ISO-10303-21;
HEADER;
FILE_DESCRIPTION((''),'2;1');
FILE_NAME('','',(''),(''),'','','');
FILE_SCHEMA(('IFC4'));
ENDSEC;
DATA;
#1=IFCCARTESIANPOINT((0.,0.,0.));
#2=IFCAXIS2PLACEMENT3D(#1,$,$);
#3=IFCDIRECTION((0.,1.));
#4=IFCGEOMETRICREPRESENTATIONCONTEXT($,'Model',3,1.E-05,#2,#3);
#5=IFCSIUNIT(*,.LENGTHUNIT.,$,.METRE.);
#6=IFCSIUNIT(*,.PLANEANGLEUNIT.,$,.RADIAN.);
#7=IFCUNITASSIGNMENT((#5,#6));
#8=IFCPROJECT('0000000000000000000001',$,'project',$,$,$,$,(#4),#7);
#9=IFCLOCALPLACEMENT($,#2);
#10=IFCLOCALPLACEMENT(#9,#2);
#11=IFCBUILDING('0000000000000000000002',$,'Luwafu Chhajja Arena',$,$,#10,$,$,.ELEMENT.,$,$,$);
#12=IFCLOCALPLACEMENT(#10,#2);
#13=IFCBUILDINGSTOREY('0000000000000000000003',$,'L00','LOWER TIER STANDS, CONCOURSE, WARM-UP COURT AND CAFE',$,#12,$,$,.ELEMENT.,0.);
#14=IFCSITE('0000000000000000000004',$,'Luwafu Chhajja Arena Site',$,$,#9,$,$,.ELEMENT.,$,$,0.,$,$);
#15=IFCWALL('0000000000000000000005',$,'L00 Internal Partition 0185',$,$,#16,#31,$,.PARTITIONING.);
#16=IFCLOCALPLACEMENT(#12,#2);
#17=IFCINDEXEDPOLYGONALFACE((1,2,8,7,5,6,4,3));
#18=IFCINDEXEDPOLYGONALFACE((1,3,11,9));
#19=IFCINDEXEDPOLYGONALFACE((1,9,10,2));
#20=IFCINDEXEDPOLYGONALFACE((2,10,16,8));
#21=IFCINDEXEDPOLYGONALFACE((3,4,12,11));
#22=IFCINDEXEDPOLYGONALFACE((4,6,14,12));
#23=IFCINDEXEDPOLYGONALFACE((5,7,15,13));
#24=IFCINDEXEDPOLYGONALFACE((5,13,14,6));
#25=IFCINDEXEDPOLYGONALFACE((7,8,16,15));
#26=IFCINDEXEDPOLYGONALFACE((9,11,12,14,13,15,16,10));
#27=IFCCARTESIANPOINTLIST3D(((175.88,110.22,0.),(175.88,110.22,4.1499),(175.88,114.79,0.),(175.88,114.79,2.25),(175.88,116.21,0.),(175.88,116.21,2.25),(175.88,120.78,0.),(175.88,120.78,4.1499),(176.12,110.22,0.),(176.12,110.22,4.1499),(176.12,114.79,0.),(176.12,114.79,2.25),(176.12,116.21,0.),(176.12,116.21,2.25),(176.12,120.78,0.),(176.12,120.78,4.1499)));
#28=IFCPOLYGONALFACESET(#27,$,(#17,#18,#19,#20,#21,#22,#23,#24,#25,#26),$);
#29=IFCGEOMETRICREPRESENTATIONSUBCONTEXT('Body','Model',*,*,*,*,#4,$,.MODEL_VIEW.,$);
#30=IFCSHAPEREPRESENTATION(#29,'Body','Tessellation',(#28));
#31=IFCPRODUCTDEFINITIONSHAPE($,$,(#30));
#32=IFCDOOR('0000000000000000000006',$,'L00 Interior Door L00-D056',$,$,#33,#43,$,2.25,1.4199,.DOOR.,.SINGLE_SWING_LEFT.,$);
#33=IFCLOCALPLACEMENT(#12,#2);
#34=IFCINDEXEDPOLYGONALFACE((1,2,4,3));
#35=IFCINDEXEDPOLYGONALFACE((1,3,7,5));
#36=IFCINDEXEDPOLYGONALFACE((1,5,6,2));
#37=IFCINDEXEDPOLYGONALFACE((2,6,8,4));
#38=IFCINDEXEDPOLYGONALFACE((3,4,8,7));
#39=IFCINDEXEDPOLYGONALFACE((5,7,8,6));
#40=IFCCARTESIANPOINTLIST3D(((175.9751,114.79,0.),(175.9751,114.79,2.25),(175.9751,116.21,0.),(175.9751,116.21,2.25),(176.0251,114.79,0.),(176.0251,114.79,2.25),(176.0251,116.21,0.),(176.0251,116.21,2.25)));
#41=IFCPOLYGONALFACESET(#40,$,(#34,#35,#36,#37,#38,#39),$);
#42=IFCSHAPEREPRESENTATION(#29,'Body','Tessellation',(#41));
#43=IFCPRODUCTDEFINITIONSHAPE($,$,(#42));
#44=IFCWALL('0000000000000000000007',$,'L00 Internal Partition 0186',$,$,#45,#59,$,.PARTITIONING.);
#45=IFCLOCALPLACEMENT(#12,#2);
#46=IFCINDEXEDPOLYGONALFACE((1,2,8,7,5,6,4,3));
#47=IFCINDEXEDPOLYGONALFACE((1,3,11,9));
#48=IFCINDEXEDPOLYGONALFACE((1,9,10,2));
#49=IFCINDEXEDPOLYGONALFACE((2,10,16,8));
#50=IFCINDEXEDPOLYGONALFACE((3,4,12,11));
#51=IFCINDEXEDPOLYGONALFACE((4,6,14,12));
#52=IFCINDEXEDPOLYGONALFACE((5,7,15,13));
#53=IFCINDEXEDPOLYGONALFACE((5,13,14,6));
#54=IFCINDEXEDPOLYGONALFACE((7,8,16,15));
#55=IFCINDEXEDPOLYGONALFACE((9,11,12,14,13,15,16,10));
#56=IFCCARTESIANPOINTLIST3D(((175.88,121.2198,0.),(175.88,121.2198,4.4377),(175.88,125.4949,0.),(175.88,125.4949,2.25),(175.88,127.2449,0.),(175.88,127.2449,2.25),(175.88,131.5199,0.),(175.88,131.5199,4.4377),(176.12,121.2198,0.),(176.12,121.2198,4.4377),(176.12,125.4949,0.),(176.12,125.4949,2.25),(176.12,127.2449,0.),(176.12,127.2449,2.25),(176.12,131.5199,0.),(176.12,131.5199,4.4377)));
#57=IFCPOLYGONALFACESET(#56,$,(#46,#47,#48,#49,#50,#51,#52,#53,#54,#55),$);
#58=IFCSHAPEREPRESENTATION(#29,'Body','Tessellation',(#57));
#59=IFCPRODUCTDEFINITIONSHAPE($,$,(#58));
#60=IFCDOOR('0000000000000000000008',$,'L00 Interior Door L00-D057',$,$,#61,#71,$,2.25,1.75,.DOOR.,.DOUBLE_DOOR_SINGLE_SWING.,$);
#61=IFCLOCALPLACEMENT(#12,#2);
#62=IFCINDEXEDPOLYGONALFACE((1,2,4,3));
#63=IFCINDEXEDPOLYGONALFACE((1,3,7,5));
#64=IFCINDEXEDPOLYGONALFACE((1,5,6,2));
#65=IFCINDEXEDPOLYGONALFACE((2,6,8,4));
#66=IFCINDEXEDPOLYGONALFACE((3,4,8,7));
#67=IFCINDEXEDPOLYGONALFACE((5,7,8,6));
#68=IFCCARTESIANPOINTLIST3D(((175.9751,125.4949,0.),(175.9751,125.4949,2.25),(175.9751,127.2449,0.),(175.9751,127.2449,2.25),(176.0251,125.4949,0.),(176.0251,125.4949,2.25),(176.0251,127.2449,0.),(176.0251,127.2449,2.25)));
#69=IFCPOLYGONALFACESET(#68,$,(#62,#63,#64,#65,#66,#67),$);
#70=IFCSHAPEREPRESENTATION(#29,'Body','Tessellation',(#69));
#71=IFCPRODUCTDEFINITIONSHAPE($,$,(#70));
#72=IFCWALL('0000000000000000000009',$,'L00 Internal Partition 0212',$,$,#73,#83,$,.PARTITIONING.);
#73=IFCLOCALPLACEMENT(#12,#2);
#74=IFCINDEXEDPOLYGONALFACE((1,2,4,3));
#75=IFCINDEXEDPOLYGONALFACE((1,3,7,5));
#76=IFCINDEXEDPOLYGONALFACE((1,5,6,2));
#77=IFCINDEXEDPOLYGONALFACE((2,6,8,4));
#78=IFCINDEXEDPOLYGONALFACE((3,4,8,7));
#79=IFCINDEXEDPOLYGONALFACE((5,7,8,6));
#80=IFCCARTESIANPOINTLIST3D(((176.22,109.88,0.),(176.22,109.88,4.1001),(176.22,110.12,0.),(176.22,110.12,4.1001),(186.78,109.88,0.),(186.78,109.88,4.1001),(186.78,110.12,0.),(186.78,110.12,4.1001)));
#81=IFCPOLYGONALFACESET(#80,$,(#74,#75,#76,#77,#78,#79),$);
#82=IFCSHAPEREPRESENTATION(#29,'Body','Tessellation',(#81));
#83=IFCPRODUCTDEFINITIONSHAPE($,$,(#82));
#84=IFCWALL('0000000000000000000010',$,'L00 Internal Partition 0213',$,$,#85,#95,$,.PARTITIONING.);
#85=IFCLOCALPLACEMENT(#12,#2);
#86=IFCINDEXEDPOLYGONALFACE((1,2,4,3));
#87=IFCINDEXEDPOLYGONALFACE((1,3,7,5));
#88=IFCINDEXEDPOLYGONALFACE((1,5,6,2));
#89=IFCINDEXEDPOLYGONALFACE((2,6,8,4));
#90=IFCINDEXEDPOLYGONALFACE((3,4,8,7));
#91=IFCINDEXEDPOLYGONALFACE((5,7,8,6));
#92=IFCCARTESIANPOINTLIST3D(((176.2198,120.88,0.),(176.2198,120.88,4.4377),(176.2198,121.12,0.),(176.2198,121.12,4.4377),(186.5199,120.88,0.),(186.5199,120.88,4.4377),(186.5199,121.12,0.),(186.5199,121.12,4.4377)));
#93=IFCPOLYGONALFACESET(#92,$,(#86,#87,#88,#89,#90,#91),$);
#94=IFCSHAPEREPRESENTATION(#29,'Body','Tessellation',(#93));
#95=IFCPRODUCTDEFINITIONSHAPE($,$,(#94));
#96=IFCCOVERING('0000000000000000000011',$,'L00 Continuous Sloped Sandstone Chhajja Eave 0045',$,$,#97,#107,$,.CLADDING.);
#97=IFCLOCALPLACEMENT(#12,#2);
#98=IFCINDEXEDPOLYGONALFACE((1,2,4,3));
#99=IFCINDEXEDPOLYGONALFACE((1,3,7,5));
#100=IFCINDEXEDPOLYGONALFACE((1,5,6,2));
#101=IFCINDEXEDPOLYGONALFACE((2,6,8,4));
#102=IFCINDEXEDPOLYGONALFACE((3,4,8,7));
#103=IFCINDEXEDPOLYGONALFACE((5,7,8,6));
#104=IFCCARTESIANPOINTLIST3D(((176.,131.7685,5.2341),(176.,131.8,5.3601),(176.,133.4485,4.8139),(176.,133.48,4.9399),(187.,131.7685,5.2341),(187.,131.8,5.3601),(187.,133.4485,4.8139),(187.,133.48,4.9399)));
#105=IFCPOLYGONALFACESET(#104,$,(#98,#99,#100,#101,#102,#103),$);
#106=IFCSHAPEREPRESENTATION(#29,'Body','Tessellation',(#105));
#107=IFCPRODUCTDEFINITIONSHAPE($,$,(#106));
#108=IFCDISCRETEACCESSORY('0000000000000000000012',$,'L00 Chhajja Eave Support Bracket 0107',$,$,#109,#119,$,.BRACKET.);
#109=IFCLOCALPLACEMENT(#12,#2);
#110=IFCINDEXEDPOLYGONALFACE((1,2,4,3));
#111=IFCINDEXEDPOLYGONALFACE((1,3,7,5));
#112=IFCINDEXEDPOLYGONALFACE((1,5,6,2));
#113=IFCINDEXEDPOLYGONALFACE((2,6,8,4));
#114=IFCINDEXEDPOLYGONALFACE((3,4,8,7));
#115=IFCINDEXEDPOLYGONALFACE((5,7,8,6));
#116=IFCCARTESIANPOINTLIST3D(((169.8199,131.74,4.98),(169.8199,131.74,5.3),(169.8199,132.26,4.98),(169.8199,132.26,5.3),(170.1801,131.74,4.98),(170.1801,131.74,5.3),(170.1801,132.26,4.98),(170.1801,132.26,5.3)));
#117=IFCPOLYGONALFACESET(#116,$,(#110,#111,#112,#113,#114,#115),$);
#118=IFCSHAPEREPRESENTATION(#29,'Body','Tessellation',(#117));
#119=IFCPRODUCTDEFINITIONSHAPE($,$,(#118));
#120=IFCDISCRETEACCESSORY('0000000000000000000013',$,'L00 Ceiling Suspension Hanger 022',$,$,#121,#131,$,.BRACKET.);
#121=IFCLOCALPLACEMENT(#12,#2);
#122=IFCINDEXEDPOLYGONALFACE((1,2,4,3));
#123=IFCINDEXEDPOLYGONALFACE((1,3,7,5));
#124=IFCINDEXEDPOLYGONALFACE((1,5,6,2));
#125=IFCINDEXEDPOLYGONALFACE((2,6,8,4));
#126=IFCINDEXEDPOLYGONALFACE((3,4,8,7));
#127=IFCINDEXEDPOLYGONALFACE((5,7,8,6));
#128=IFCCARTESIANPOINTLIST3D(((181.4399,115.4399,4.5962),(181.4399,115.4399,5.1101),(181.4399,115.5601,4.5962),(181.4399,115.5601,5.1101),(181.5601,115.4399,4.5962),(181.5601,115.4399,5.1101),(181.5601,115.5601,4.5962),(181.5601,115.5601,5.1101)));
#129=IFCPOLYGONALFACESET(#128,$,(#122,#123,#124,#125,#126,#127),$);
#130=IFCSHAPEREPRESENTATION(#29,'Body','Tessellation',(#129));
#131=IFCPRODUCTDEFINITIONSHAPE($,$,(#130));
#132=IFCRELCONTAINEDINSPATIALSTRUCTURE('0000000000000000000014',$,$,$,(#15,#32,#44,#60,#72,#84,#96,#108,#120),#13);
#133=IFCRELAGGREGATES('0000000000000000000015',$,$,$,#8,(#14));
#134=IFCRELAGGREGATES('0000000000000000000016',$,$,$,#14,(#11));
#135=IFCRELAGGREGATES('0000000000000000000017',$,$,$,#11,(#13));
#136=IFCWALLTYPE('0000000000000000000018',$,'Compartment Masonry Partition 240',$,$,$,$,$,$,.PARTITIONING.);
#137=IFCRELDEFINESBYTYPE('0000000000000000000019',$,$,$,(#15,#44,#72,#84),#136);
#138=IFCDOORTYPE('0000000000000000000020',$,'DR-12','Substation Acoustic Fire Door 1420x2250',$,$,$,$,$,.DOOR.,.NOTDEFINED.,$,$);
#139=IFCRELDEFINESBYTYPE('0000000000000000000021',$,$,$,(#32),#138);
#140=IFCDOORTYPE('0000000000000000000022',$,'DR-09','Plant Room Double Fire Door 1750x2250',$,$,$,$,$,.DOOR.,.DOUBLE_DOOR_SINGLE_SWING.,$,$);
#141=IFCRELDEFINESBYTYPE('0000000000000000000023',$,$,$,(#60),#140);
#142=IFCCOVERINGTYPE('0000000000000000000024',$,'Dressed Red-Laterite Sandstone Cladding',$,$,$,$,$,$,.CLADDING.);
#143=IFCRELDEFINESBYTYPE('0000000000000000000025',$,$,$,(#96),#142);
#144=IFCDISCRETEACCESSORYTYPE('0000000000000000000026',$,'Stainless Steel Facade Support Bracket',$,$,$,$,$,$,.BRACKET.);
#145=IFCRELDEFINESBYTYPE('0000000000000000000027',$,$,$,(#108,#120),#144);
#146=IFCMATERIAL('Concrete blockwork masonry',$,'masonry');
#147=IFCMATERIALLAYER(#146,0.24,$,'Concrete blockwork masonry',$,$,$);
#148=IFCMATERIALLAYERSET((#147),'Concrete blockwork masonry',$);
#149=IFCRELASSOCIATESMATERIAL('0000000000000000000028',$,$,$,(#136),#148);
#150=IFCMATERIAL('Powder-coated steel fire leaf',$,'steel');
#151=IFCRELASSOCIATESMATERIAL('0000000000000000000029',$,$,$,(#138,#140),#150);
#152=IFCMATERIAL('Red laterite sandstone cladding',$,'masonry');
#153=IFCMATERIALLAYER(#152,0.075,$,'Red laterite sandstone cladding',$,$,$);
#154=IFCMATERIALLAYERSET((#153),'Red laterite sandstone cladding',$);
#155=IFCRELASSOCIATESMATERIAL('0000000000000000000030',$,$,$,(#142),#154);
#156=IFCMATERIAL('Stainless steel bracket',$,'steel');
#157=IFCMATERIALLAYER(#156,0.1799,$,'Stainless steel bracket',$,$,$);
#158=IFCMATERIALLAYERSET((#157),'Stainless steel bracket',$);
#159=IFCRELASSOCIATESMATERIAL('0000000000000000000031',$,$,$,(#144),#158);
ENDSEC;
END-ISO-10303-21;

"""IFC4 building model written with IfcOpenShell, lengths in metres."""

from ifc_helpers import new_model, si_unit, direction, frame, frame_2d, origin, origin_2d, place, context, subcontext, project, spatial, polyline, rectangle, outline, extrude, material, layer, layer_set, type_object, element, fill, save


model = new_model("IFC4")

# Units and contexts
model_context = context("Model", 3, precision=1e-05, world=origin(), true_north=direction((0.0, 1.0)))
body_context = subcontext(model_context, "Body", "Model", "MODEL_VIEW")
ifc_project = project(units=[si_unit("LENGTHUNIT", "METRE"), si_unit("PLANEANGLEUNIT", "RADIAN")], contexts=[model_context])

# Site, building, storey
site_placement = place(None, origin())
site = spatial("IfcSite", under=ifc_project, at=site_placement, Name="Luwafu Chhajja Arena Site", CompositionType="ELEMENT", RefElevation=0.0)
building_placement = place(site_placement, origin())
building = spatial("IfcBuilding", under=site, at=building_placement, Name="Luwafu Chhajja Arena", CompositionType="ELEMENT")
storey_placement = place(building_placement, origin())
storey = spatial("IfcBuildingStorey", under=building, at=storey_placement, Name="L00", Description="LOWER TIER STANDS, CONCOURSE, WARM-UP COURT AND CAFE", CompositionType="ELEMENT", Elevation=0.0)

# Walls, openings, doors
ifc_material_1 = material(Name="Concrete blockwork masonry", Category="masonry")
ifc_layer_1 = layer(ifc_material_1, 0.24, Name="Concrete blockwork masonry")
ifc_layer_set_1 = layer_set([ifc_layer_1], Name="Concrete blockwork masonry")
wall_type = type_object("IfcWallType", Name="Compartment Masonry Partition 240", PredefinedType="PARTITIONING", material=ifc_layer_set_1)
wall_1_placement = place(storey_placement, frame((176.0, 110.22, 0.0), z_axis=(0.0, 0.0, 1.0), x_axis=(0.0, 1.0, 0.0)))
wall_1 = element("IfcWall", 1, at=wall_1_placement, inside=storey, type_object=wall_type, Name="L00 Internal Partition 0185", PredefinedType="PARTITIONING", context=body_context, shape_type="SweptSolid", body=[
    extrude(rectangle(XDim=10.5601, YDim=0.24, at=frame_2d((5.28, 0.0))), origin(), (0.0, 0.0, 1.0), 4.1499),
])
opening_1_placement = place(wall_1_placement, frame((4.5701, 0.0, 0.0)))
opening_1 = element("IfcOpeningElement", 2, at=opening_1_placement, cuts=wall_1, PredefinedType="OPENING", context=body_context, shape_type="SweptSolid", body=[
    extrude(rectangle(XDim=1.4199, YDim=2.25, at=frame_2d((0.71, 1.125))), frame((0.0, 0.1299, 0.0), z_axis=(0.0, -1.0, 0.0), x_axis=(1.0, 0.0, 0.0)), (0.0, 0.0, 1.0), 0.26),
])
ifc_material_2 = material(Name="Powder-coated steel fire leaf", Category="steel")
door_type_1 = type_object("IfcDoorType", Name="DR-12", Description="Substation Acoustic Fire Door 1420x2250", OperationType="NOTDEFINED", PredefinedType="DOOR", material=ifc_material_2)
door_1_placement = place(opening_1_placement, origin())
door_1 = element("IfcDoor", 3, at=door_1_placement, inside=storey, type_object=door_type_1, Name="L00 Interior Door L00-D056", OperationType="SINGLE_SWING_LEFT", OverallHeight=2.25, OverallWidth=1.4199, PredefinedType="DOOR", context=body_context, shape_type="SweptSolid", body=[
    extrude(rectangle(XDim=1.4199, YDim=2.25, at=frame_2d((0.71, 1.125))), frame((0.0, 0.0249, 0.0), z_axis=(0.0, -1.0, 0.0), x_axis=(1.0, 0.0, 0.0)), (0.0, 0.0, 1.0), 0.05),
])
fill(opening_1, door_1)
wall_2_placement = place(storey_placement, frame((176.0, 121.22, 0.0), z_axis=(0.0, 0.0, 1.0), x_axis=(0.0, 1.0, 0.0)))
wall_2 = element("IfcWall", 4, at=wall_2_placement, inside=storey, type_object=wall_type, Name="L00 Internal Partition 0186", PredefinedType="PARTITIONING", context=body_context, shape_type="SweptSolid", body=[
    extrude(rectangle(XDim=10.3, YDim=0.24, at=frame_2d((5.1499, 0.0))), origin(), (0.0, 0.0, 1.0), 4.4377),
])
opening_2_placement = place(wall_2_placement, frame((4.2749, 0.0, 0.0)))
opening_2 = element("IfcOpeningElement", 5, at=opening_2_placement, cuts=wall_2, PredefinedType="OPENING", context=body_context, shape_type="SweptSolid", body=[
    extrude(rectangle(XDim=1.75, YDim=2.25, at=frame_2d((0.875, 1.125))), frame((0.0, 0.1299, 0.0), z_axis=(0.0, -1.0, 0.0), x_axis=(1.0, 0.0, 0.0)), (0.0, 0.0, 1.0), 0.26),
])
door_type_2 = type_object("IfcDoorType", Name="DR-09", Description="Plant Room Double Fire Door 1750x2250", OperationType="DOUBLE_DOOR_SINGLE_SWING", PredefinedType="DOOR", material=ifc_material_2)
door_2_placement = place(opening_2_placement, origin())
door_2 = element("IfcDoor", 6, at=door_2_placement, inside=storey, type_object=door_type_2, Name="L00 Interior Door L00-D057", OperationType="DOUBLE_DOOR_SINGLE_SWING", OverallHeight=2.25, OverallWidth=1.75, PredefinedType="DOOR", context=body_context, shape_type="SweptSolid", body=[
    extrude(rectangle(XDim=1.75, YDim=2.25, at=frame_2d((0.875, 1.125))), frame((0.0, 0.0249, 0.0), z_axis=(0.0, -1.0, 0.0), x_axis=(1.0, 0.0, 0.0)), (0.0, 0.0, 1.0), 0.05),
])
fill(opening_2, door_2)

# Walls
wall_3_placement = place(storey_placement, frame((176.22, 110.0, 0.0), z_axis=(0.0, 0.0, 1.0), x_axis=(1.0, 0.0, 0.0)))
element("IfcWall", 7, at=wall_3_placement, inside=storey, type_object=wall_type, Name="L00 Internal Partition 0212", PredefinedType="PARTITIONING", context=body_context, shape_type="SweptSolid", body=[
    extrude(rectangle(XDim=10.5601, YDim=0.24, at=frame_2d((5.28, 0.0))), origin(), (0.0, 0.0, 1.0), 4.1001),
])
wall_4_placement = place(storey_placement, frame((176.22, 121.0, 0.0), z_axis=(0.0, 0.0, 1.0), x_axis=(1.0, 0.0, 0.0)))
element("IfcWall", 8, at=wall_4_placement, inside=storey, type_object=wall_type, Name="L00 Internal Partition 0213", PredefinedType="PARTITIONING", context=body_context, shape_type="SweptSolid", body=[
    extrude(rectangle(XDim=10.3, YDim=0.24, at=frame_2d((5.1499, 0.0))), origin(), (0.0, 0.0, 1.0), 4.4377),
])

# Covering
ifc_material_3 = material(Name="Red laterite sandstone cladding", Category="masonry")
ifc_layer_2 = layer(ifc_material_3, 0.075, Name="Red laterite sandstone cladding")
ifc_layer_set_2 = layer_set([ifc_layer_2], Name="Red laterite sandstone cladding")
covering_type = type_object("IfcCoveringType", Name="Dressed Red-Laterite Sandstone Cladding", PredefinedType="CLADDING", material=ifc_layer_set_2)
covering_placement = place(storey_placement, frame((176.0, 131.8, 5.3601), z_axis=(0.0, 0.242635, 0.970118), x_axis=(1.0, 0.0, 0.0)))
element("IfcCovering", 9, at=covering_placement, inside=storey, type_object=covering_type, Name="L00 Continuous Sloped Sandstone Chhajja Eave 0045", PredefinedType="CLADDING", context=body_context, shape_type="SweptSolid", body=[
    extrude(outline(polyline([(0.0, 0.0), (11.0, 0.0), (11.0, 1.7317), (0.0, 1.7317), (0.0, 0.0)])), origin(), (0.0, 0.0, -1.0), 0.1299),
])

# Discrete accessories
ifc_material_4 = material(Name="Stainless steel bracket", Category="steel")
ifc_layer_3 = layer(ifc_material_4, 0.1799, Name="Stainless steel bracket")
ifc_layer_set_3 = layer_set([ifc_layer_3], Name="Stainless steel bracket")
discrete_accessory_type = type_object("IfcDiscreteAccessoryType", Name="Stainless Steel Facade Support Bracket", PredefinedType="BRACKET", material=ifc_layer_set_3)
discrete_accessory_1_placement = place(storey_placement, frame((170.0, 132.0, 4.98), z_axis=(0.0, 0.0, 1.0), x_axis=(1.0, 0.0, 0.0)))
element("IfcDiscreteAccessory", 10, at=discrete_accessory_1_placement, inside=storey, type_object=discrete_accessory_type, Name="L00 Chhajja Eave Support Bracket 0107", PredefinedType="BRACKET", context=body_context, shape_type="SweptSolid", body=[
    extrude(rectangle(XDim=0.3601, YDim=0.52, at=origin_2d()), origin(), (0.0, 0.0, 1.0), 0.3201),
])
discrete_accessory_2_placement = place(storey_placement, frame((181.5, 115.5, 4.5962), z_axis=(0.0, 0.0, 1.0), x_axis=(1.0, 0.0, 0.0)))
element("IfcDiscreteAccessory", 11, at=discrete_accessory_2_placement, inside=storey, type_object=discrete_accessory_type, Name="L00 Ceiling Suspension Hanger 022", PredefinedType="BRACKET", context=body_context, shape_type="SweptSolid", body=[
    extrude(rectangle(XDim=0.1201, YDim=0.1201, at=origin_2d()), origin(), (0.0, 0.0, 1.0), 0.5139),
])

save(model, "model.ifc")
